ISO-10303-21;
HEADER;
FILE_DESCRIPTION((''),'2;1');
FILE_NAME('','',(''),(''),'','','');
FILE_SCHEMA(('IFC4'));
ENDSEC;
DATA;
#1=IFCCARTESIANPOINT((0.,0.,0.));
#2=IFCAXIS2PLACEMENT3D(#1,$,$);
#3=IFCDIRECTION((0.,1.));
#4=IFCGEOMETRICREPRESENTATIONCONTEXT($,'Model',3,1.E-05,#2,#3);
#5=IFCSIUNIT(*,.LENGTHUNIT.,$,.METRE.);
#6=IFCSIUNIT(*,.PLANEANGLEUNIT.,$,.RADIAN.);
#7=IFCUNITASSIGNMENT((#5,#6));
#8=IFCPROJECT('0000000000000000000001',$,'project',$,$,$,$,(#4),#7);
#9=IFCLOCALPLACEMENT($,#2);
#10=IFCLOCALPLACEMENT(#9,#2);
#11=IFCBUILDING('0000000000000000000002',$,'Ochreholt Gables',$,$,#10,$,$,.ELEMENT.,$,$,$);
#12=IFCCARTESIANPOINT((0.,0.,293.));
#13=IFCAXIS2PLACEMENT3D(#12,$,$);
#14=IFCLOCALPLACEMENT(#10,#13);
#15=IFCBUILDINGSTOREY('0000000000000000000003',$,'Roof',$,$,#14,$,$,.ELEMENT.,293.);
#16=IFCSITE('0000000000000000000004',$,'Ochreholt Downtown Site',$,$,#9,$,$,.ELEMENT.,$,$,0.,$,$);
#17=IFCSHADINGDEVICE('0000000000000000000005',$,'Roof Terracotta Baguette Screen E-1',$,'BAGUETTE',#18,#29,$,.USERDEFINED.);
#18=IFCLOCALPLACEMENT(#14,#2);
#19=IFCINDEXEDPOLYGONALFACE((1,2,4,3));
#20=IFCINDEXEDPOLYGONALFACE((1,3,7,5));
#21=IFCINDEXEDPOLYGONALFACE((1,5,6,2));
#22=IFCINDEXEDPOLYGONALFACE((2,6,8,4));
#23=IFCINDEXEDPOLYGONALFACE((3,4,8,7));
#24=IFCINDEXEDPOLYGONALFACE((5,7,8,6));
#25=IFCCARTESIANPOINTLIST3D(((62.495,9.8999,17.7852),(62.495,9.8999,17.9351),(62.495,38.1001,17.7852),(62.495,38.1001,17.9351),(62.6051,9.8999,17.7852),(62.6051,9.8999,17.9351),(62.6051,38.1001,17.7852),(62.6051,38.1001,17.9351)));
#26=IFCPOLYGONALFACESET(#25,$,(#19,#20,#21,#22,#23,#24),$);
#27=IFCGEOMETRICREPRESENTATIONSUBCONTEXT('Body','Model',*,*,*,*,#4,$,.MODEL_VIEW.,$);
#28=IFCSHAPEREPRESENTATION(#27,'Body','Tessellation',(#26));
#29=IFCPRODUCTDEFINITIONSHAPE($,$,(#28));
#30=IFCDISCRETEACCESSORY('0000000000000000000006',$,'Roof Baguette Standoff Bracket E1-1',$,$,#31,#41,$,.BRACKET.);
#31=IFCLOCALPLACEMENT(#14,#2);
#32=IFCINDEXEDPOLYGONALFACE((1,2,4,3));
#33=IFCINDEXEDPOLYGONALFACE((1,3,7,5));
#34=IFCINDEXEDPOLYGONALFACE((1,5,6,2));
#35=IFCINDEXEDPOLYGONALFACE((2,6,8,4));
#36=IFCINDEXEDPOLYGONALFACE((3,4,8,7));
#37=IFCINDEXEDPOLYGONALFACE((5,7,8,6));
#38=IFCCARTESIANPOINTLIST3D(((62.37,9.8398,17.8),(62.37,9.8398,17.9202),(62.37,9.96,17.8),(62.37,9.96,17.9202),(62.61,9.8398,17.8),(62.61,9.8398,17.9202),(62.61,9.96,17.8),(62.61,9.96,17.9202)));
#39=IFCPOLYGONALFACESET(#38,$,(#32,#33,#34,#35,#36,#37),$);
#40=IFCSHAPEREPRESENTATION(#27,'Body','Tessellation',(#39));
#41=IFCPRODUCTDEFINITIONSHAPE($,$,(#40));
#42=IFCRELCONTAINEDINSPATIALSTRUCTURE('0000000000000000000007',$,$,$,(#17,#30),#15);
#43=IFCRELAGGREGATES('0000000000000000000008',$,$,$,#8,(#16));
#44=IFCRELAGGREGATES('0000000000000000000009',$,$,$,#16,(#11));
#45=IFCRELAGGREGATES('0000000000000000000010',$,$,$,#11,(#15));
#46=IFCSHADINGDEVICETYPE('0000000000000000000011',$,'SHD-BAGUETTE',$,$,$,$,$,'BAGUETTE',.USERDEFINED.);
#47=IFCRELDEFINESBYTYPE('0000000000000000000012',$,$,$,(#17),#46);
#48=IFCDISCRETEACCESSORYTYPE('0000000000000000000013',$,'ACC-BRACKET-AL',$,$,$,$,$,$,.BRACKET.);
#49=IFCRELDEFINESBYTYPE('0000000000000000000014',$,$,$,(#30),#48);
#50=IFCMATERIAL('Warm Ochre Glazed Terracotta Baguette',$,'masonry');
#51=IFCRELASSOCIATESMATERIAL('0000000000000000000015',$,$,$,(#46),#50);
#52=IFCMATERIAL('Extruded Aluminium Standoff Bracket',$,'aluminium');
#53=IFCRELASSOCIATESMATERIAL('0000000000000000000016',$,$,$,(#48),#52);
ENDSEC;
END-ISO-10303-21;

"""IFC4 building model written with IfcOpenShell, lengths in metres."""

from ifc_helpers import new_model, si_unit, direction, frame, origin, origin_2d, place, context, subcontext, project, spatial, rectangle, extrude, material, material_profile, profile_set, type_object, element, save


model = new_model("IFC4")

# Units and contexts
model_context = context("Model", 3, precision=1e-05, world=origin(), true_north=direction((0.0, 1.0)))
body_context = subcontext(model_context, "Body", "Model", "MODEL_VIEW")
ifc_project = project(units=[si_unit("LENGTHUNIT", "METRE"), si_unit("PLANEANGLEUNIT", "RADIAN")], contexts=[model_context])

# Site, building, storey
site_placement = place(None, origin())
site = spatial("IfcSite", under=ifc_project, at=site_placement, Name="Ochreholt Downtown Site", CompositionType="ELEMENT", RefElevation=0.0)
building_placement = place(site_placement, origin())
building = spatial("IfcBuilding", under=site, at=building_placement, Name="Ochreholt Gables", CompositionType="ELEMENT")
storey_placement = place(building_placement, frame((0.0, 0.0, 293.0)))
storey = spatial("IfcBuildingStorey", under=building, at=storey_placement, Name="Roof", CompositionType="ELEMENT", Elevation=293.0)

# Shading device
ifc_material_1 = material(Name="Warm Ochre Glazed Terracotta Baguette", Category="masonry")
ifc_material_profile_1 = material_profile(ifc_material_1, rectangle(XDim=0.1101, YDim=0.1499, at=origin_2d()), Name="TCBAG110X150")
ifc_profile_set_1 = profile_set([ifc_material_profile_1], Name="Warm Ochre Glazed Terracotta Baguette")
shading_device_type = type_object("IfcShadingDeviceType", Name="SHD-BAGUETTE", ElementType="BAGUETTE", PredefinedType="USERDEFINED", material=ifc_profile_set_1)
shading_device_placement = place(storey_placement, frame((62.55, 9.8999, 17.8601), z_axis=(0.0, 1.0, 0.0), x_axis=(-1.0, 0.0, 0.0)))
element("IfcShadingDevice", 1, at=shading_device_placement, inside=storey, type_object=shading_device_type, Name="Roof Terracotta Baguette Screen E-1", ObjectType="BAGUETTE", PredefinedType="USERDEFINED", context=body_context, shape_type="SweptSolid", body=[
    extrude(rectangle(XDim=0.1101, YDim=0.1499, at=origin_2d()), origin(), (0.0, 0.0, 1.0), 28.2002),
])

# Discrete accessory
ifc_material_2 = material(Name="Extruded Aluminium Standoff Bracket", Category="aluminium")
discrete_accessory_type = type_object("IfcDiscreteAccessoryType", Name="ACC-BRACKET-AL", PredefinedType="BRACKET", material=ifc_material_2)
discrete_accessory_placement = place(storey_placement, frame((62.49, 9.8999, 17.8), z_axis=(0.0, 0.0, 1.0), x_axis=(0.0, 1.0, 0.0)))
element("IfcDiscreteAccessory", 2, at=discrete_accessory_placement, inside=storey, type_object=discrete_accessory_type, Name="Roof Baguette Standoff Bracket E1-1", PredefinedType="BRACKET", context=body_context, shape_type="SweptSolid", body=[
    extrude(rectangle(XDim=0.1201, YDim=0.24, at=origin_2d()), origin(), (0.0, 0.0, 1.0), 0.1201),
])

save(model, "model.ifc")
